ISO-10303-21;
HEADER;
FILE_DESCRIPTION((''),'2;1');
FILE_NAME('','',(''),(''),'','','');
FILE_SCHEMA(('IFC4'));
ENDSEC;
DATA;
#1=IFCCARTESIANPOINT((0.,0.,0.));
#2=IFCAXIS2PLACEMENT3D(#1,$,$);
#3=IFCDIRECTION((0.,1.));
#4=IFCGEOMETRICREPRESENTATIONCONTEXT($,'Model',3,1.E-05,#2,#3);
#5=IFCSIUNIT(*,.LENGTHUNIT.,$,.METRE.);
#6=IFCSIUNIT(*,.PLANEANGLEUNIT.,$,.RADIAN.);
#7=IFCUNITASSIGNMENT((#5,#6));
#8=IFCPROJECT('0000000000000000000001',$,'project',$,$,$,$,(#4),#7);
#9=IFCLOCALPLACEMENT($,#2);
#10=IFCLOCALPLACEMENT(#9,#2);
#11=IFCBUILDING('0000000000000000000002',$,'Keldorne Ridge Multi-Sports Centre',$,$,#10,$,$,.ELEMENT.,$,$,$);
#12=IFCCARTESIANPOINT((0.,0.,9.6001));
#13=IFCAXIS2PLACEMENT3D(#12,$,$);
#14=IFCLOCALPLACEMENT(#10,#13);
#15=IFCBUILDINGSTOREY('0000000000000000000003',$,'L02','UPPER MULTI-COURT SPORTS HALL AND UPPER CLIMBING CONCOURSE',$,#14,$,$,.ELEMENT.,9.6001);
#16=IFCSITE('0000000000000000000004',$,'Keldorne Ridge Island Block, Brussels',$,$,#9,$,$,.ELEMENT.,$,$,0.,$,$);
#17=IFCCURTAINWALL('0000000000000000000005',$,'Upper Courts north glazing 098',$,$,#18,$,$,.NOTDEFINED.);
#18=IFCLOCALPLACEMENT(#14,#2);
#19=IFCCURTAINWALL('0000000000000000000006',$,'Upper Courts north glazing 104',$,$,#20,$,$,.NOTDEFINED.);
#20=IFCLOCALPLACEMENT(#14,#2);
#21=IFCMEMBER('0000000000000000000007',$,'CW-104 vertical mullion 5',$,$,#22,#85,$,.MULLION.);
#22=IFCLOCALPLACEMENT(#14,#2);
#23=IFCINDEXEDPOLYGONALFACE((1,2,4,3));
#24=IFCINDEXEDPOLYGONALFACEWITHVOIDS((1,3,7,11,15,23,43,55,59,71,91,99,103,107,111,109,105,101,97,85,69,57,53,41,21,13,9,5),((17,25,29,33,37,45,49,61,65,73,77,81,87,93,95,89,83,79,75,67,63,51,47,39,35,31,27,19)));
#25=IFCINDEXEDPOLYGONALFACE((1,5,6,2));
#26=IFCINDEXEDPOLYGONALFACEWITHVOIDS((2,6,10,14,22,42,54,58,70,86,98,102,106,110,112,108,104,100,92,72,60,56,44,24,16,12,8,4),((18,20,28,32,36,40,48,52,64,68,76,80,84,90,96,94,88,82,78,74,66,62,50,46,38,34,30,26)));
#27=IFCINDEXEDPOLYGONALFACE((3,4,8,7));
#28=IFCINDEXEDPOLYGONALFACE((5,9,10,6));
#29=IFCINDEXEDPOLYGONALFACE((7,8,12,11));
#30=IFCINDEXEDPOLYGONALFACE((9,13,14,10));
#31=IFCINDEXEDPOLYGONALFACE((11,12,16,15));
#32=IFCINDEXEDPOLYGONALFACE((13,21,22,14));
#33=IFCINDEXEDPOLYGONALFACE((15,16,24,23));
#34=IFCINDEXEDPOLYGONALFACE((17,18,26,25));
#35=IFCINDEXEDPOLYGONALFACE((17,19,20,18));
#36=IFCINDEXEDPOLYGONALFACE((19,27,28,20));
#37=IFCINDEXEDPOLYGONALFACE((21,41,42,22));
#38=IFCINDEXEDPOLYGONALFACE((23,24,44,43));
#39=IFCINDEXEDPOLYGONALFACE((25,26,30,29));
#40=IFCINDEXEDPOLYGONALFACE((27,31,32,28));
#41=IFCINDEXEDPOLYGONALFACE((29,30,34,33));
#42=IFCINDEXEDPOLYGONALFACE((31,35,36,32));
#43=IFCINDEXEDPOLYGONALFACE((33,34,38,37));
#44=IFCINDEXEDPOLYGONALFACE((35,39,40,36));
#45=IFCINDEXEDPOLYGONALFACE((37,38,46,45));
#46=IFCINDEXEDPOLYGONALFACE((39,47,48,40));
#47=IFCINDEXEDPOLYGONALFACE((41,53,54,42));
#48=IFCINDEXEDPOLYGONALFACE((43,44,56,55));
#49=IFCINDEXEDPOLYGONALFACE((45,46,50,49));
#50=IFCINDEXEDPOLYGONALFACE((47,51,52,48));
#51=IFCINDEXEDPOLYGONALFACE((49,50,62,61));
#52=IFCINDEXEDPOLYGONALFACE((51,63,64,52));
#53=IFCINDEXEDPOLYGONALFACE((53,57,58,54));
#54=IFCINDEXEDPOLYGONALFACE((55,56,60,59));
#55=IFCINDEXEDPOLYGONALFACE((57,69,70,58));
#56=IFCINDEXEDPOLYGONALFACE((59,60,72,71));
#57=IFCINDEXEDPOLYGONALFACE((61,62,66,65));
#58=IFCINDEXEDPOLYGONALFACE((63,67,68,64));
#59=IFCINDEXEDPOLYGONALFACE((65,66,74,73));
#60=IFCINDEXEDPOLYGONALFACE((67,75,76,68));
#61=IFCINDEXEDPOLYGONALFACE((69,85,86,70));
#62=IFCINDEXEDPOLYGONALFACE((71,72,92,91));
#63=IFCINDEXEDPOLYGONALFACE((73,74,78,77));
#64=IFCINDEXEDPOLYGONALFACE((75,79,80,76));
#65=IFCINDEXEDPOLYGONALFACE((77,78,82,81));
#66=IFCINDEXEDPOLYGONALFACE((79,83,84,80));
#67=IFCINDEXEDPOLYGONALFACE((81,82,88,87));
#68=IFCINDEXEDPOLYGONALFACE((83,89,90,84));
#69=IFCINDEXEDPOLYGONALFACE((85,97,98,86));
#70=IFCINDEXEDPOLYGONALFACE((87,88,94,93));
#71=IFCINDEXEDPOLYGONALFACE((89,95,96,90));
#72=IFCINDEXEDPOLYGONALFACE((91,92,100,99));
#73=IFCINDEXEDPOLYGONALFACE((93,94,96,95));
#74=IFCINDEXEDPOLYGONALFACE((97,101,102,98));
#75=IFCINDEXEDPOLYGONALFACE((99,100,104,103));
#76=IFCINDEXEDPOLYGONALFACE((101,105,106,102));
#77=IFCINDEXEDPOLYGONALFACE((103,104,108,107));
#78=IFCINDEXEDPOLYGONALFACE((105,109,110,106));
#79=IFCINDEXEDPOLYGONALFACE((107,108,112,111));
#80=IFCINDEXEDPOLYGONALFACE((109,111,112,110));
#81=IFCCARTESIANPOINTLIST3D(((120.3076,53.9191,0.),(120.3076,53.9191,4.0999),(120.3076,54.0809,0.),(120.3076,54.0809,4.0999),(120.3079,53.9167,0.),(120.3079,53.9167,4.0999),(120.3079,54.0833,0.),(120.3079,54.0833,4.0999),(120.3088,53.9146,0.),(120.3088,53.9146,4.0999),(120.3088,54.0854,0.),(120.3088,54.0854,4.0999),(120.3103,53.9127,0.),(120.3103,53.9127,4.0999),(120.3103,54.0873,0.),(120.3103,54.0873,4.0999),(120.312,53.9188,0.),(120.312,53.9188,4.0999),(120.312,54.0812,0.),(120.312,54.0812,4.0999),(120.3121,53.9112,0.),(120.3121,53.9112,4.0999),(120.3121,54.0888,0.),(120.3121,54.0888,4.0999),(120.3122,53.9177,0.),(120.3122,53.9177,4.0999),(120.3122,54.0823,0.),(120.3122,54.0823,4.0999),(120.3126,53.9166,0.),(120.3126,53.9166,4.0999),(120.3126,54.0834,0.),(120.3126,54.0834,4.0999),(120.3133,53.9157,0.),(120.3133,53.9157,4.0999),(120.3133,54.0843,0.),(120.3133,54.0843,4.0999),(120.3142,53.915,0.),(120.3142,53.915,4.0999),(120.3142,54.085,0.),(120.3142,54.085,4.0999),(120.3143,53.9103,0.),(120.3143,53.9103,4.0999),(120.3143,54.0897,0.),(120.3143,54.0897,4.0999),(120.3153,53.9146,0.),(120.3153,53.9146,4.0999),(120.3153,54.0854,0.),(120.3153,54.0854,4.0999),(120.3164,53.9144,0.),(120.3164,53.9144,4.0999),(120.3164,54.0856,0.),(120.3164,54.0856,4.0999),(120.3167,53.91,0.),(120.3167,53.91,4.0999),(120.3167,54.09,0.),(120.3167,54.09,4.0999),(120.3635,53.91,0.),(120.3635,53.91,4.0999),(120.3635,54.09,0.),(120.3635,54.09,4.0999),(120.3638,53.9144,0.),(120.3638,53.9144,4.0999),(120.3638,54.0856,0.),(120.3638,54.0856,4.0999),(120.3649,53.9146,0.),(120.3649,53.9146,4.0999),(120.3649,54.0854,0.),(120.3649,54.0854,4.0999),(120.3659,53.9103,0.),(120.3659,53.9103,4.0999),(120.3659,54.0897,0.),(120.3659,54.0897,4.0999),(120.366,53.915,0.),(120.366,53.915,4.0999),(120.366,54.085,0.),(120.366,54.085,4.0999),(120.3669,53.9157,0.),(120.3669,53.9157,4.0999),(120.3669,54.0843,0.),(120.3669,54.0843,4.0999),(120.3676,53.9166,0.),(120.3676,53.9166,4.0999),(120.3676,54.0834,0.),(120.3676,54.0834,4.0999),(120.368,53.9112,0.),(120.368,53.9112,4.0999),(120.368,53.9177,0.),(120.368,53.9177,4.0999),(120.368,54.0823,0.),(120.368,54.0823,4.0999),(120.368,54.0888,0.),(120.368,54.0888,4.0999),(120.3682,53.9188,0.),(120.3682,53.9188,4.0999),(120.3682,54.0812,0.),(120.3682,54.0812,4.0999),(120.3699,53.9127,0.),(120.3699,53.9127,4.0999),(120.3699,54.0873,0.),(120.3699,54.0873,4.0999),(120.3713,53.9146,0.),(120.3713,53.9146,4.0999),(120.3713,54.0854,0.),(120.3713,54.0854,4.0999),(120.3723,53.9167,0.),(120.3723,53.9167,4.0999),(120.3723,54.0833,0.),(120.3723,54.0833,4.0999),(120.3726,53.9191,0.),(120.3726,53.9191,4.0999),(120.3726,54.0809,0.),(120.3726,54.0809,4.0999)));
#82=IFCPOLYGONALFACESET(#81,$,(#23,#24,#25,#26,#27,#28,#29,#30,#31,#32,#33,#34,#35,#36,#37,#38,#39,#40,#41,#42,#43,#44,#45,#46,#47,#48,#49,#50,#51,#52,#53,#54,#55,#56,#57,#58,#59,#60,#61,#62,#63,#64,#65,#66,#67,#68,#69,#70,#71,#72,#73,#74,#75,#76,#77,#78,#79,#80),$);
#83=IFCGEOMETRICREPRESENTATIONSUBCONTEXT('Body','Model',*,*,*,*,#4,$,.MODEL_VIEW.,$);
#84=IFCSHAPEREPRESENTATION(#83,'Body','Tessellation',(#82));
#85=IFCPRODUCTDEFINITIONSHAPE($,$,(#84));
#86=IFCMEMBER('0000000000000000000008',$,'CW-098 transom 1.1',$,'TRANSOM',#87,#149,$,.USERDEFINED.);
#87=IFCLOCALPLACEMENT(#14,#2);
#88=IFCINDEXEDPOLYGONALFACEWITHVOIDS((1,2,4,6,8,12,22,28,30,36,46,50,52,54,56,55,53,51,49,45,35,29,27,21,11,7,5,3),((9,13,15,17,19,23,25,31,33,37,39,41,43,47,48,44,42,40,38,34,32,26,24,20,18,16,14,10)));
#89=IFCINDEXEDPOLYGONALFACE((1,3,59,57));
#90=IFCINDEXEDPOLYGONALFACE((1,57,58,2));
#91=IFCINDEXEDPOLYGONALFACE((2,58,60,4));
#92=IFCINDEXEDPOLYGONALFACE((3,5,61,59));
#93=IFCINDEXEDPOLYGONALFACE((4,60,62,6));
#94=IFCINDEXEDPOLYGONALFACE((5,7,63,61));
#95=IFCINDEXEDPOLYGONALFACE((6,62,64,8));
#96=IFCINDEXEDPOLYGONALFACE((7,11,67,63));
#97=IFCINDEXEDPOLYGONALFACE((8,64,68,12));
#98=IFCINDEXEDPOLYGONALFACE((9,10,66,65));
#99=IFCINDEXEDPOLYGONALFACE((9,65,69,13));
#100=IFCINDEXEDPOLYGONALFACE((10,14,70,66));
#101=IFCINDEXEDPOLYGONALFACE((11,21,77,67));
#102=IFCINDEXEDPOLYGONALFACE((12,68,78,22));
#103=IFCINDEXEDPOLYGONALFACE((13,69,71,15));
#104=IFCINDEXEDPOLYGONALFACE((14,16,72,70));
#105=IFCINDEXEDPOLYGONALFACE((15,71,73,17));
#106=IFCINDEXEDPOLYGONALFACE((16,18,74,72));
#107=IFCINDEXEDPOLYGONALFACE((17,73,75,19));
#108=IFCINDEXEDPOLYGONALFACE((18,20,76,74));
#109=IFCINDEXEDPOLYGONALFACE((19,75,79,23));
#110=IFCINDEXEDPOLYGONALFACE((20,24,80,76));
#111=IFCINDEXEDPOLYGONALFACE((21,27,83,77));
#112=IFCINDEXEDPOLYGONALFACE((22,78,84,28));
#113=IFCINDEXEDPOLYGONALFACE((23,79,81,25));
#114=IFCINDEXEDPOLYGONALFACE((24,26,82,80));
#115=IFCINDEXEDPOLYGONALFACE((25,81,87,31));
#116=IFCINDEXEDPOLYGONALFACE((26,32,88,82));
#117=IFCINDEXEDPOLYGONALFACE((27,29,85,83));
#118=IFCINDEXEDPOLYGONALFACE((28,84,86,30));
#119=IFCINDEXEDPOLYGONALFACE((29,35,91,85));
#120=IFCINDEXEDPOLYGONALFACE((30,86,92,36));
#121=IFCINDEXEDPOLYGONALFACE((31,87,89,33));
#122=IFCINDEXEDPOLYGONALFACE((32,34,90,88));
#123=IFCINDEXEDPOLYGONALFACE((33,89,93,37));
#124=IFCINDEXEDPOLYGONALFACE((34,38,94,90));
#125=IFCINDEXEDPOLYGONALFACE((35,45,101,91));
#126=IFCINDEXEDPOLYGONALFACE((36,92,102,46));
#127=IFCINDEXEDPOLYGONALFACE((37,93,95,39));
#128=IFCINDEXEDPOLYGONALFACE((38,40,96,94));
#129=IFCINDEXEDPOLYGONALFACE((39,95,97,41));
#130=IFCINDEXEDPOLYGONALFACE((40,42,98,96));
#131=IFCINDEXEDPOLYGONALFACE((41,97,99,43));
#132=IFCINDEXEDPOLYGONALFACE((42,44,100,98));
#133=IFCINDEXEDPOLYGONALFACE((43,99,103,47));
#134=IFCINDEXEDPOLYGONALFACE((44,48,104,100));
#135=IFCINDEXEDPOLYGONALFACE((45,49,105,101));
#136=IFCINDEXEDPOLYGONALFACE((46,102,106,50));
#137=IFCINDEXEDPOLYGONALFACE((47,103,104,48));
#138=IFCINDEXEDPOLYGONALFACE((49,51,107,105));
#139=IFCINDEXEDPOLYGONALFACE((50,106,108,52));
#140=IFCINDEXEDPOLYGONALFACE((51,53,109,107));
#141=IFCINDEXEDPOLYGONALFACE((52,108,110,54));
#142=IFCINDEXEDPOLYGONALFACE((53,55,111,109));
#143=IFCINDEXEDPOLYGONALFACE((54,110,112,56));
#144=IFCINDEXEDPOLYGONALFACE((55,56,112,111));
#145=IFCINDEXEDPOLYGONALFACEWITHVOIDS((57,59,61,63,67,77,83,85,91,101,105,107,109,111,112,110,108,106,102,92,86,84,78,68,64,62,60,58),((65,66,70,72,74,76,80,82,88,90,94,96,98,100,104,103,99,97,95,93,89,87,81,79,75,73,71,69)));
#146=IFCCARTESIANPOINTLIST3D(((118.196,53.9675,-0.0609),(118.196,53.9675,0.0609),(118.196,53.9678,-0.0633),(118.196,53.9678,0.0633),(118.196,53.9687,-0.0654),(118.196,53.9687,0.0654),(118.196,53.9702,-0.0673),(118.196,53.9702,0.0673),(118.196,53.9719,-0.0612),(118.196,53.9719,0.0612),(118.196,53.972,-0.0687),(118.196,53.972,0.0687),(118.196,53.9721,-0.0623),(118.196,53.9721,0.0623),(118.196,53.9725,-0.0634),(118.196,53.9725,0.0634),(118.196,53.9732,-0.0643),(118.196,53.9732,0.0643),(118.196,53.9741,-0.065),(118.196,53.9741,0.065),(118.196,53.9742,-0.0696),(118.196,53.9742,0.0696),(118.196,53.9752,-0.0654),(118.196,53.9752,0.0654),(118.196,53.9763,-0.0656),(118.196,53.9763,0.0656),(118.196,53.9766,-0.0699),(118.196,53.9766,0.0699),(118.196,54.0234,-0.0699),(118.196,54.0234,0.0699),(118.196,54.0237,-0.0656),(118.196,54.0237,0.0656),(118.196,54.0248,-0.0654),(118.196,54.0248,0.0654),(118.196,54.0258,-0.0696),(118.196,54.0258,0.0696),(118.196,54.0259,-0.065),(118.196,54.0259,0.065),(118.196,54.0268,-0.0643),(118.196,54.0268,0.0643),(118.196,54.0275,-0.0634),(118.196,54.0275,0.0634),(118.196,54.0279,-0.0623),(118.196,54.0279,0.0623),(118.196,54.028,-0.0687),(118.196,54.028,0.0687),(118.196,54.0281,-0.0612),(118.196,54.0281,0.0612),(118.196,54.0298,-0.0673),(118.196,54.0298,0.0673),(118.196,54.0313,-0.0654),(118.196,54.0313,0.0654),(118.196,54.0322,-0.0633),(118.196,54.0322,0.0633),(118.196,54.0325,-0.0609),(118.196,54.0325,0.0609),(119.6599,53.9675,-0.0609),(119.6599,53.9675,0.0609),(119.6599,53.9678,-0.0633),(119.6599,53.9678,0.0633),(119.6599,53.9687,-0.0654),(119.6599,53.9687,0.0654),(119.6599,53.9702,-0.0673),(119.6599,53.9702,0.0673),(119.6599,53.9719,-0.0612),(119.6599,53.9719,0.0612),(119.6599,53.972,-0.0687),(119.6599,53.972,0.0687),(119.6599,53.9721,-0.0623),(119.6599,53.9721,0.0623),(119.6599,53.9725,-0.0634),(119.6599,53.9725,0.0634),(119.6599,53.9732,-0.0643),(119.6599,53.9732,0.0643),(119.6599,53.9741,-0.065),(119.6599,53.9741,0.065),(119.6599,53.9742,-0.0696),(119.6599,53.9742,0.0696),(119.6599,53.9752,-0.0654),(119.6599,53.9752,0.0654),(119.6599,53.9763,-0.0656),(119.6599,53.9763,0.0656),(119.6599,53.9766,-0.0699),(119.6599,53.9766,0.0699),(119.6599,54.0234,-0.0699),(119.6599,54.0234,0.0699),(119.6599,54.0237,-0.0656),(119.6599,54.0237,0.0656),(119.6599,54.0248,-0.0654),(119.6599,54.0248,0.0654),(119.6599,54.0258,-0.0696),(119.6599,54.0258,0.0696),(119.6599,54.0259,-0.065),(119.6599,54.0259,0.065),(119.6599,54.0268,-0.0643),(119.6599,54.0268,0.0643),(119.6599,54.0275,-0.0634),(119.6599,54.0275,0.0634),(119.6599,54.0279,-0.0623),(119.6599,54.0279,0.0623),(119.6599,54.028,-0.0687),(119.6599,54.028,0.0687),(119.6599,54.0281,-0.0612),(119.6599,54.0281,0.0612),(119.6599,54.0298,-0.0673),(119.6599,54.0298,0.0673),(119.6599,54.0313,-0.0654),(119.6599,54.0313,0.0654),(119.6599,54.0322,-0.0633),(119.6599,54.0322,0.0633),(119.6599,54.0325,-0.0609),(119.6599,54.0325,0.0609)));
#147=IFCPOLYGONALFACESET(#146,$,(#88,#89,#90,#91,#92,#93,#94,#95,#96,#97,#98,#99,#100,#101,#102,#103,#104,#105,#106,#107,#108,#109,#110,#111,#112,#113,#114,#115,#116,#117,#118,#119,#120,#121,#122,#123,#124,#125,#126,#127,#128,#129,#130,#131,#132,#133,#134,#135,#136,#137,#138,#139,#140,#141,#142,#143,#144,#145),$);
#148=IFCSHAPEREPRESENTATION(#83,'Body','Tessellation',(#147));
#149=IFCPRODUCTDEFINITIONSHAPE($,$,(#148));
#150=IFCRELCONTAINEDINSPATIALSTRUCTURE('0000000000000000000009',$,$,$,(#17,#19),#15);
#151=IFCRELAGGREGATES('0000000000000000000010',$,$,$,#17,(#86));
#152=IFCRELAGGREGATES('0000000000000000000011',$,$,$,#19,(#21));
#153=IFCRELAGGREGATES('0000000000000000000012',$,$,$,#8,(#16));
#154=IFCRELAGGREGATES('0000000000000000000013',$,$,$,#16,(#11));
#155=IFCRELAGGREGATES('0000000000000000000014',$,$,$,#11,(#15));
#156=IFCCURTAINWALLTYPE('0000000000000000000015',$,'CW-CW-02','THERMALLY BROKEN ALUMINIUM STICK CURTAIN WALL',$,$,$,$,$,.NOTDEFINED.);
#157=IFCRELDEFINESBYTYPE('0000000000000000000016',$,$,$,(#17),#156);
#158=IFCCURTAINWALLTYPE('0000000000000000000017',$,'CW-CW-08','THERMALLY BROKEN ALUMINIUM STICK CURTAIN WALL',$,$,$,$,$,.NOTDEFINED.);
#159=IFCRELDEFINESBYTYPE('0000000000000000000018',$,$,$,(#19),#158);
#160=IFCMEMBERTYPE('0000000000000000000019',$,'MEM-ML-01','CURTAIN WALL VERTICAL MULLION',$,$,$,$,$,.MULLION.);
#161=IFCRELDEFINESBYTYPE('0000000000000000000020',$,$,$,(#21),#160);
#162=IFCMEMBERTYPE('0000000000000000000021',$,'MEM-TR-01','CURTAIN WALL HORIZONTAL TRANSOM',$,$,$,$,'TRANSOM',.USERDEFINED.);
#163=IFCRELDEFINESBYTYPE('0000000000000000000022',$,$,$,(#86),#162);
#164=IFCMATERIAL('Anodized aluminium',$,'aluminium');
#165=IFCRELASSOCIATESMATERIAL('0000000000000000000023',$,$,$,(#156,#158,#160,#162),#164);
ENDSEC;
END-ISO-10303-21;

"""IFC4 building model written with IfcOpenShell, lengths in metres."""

from ifc_helpers import new_model, si_unit, direction, frame, origin, origin_2d, place, context, subcontext, project, spatial, hollow_rectangle, extrude, material, material_profile, profile_set, type_object, element, aggregate, save


model = new_model("IFC4")

# Units and contexts
model_context = context("Model", 3, precision=1e-05, world=origin(), true_north=direction((0.0, 1.0)))
body_context = subcontext(model_context, "Body", "Model", "MODEL_VIEW")
ifc_project = project(units=[si_unit("LENGTHUNIT", "METRE"), si_unit("PLANEANGLEUNIT", "RADIAN")], contexts=[model_context])

# Site, building, storey
site_placement = place(None, origin())
site = spatial("IfcSite", under=ifc_project, at=site_placement, Name="Keldorne Ridge Island Block, Brussels", CompositionType="ELEMENT", RefElevation=0.0)
building_placement = place(site_placement, origin())
building = spatial("IfcBuilding", under=site, at=building_placement, Name="Keldorne Ridge Multi-Sports Centre", CompositionType="ELEMENT")
storey_placement = place(building_placement, frame((0.0, 0.0, 9.6001)))
storey = spatial("IfcBuildingStorey", under=building, at=storey_placement, Name="L02", Description="UPPER MULTI-COURT SPORTS HALL AND UPPER CLIMBING CONCOURSE", CompositionType="ELEMENT", Elevation=9.6001)

# Curtain wall
ifc_material_1 = material(Name="Anodized aluminium", Category="aluminium")
curtain_wall_type_1 = type_object("IfcCurtainWallType", Name="CW-CW-02", Description="THERMALLY BROKEN ALUMINIUM STICK CURTAIN WALL", PredefinedType="NOTDEFINED", material=ifc_material_1)
curtain_wall_1_placement = place(storey_placement, origin())
curtain_wall_1 = element("IfcCurtainWall", 1, at=curtain_wall_1_placement, inside=storey, type_object=curtain_wall_type_1, Name="Upper Courts north glazing 098", PredefinedType="NOTDEFINED")
ifc_material_profile_1 = material_profile(ifc_material_1, hollow_rectangle(XDim=0.0649, YDim=0.1799, WallThickness=0.0044, InnerFilletRadius=0.0044, OuterFilletRadius=0.009, at=origin_2d()), Name="ALU MULLION 180x65x4.5")
ifc_profile_set_1 = profile_set([ifc_material_profile_1], Name="Anodized aluminium")
member_type_1 = type_object("IfcMemberType", Name="MEM-ML-01", Description="CURTAIN WALL VERTICAL MULLION", PredefinedType="MULLION", material=ifc_profile_set_1)

# Curtain wall, member
curtain_wall_type_2 = type_object("IfcCurtainWallType", Name="CW-CW-08", Description="THERMALLY BROKEN ALUMINIUM STICK CURTAIN WALL", PredefinedType="NOTDEFINED", material=ifc_material_1)
curtain_wall_2_placement = place(storey_placement, origin())
curtain_wall_2 = element("IfcCurtainWall", 2, at=curtain_wall_2_placement, inside=storey, type_object=curtain_wall_type_2, Name="Upper Courts north glazing 104", PredefinedType="NOTDEFINED")
member_1_placement = place(storey_placement, frame((120.3401, 54.0, 0.0), z_axis=(0.0, 0.0, 1.0), x_axis=(1.0, 0.0, 0.0)))
member_1 = element("IfcMember", 3, at=member_1_placement, type_object=member_type_1, Name="CW-104 vertical mullion 5", PredefinedType="MULLION", context=body_context, shape_type="SweptSolid", body=[
    extrude(hollow_rectangle(XDim=0.0649, YDim=0.1799, WallThickness=0.0044, InnerFilletRadius=0.0044, OuterFilletRadius=0.009, at=origin_2d()), origin(), (0.0, 0.0, 1.0), 4.0999),
])

# Member
ifc_material_profile_2 = material_profile(ifc_material_1, hollow_rectangle(XDim=0.0649, YDim=0.1399, WallThickness=0.0044, InnerFilletRadius=0.0044, OuterFilletRadius=0.009, at=origin_2d()), Name="ALU TRANSOM 140x65x4.5")
ifc_profile_set_2 = profile_set([ifc_material_profile_2], Name="Anodized aluminium")
member_type_2 = type_object("IfcMemberType", Name="MEM-TR-01", Description="CURTAIN WALL HORIZONTAL TRANSOM", ElementType="TRANSOM", PredefinedType="USERDEFINED", material=ifc_profile_set_2)
member_2_placement = place(storey_placement, frame((119.6599, 54.0, 0.0), z_axis=(-1.0, 0.0, 0.0), x_axis=(0.0, -1.0, 0.0)))
member_2 = element("IfcMember", 4, at=member_2_placement, type_object=member_type_2, Name="CW-098 transom 1.1", ObjectType="TRANSOM", PredefinedType="USERDEFINED", context=body_context, shape_type="SweptSolid", body=[
    extrude(hollow_rectangle(XDim=0.0649, YDim=0.1399, WallThickness=0.0044, InnerFilletRadius=0.0044, OuterFilletRadius=0.009, at=origin_2d()), origin(), (0.0, 0.0, 1.0), 1.4639),
])

aggregate(curtain_wall_1, [member_2])
aggregate(curtain_wall_2, [member_1])

save(model, "model.ifc")
